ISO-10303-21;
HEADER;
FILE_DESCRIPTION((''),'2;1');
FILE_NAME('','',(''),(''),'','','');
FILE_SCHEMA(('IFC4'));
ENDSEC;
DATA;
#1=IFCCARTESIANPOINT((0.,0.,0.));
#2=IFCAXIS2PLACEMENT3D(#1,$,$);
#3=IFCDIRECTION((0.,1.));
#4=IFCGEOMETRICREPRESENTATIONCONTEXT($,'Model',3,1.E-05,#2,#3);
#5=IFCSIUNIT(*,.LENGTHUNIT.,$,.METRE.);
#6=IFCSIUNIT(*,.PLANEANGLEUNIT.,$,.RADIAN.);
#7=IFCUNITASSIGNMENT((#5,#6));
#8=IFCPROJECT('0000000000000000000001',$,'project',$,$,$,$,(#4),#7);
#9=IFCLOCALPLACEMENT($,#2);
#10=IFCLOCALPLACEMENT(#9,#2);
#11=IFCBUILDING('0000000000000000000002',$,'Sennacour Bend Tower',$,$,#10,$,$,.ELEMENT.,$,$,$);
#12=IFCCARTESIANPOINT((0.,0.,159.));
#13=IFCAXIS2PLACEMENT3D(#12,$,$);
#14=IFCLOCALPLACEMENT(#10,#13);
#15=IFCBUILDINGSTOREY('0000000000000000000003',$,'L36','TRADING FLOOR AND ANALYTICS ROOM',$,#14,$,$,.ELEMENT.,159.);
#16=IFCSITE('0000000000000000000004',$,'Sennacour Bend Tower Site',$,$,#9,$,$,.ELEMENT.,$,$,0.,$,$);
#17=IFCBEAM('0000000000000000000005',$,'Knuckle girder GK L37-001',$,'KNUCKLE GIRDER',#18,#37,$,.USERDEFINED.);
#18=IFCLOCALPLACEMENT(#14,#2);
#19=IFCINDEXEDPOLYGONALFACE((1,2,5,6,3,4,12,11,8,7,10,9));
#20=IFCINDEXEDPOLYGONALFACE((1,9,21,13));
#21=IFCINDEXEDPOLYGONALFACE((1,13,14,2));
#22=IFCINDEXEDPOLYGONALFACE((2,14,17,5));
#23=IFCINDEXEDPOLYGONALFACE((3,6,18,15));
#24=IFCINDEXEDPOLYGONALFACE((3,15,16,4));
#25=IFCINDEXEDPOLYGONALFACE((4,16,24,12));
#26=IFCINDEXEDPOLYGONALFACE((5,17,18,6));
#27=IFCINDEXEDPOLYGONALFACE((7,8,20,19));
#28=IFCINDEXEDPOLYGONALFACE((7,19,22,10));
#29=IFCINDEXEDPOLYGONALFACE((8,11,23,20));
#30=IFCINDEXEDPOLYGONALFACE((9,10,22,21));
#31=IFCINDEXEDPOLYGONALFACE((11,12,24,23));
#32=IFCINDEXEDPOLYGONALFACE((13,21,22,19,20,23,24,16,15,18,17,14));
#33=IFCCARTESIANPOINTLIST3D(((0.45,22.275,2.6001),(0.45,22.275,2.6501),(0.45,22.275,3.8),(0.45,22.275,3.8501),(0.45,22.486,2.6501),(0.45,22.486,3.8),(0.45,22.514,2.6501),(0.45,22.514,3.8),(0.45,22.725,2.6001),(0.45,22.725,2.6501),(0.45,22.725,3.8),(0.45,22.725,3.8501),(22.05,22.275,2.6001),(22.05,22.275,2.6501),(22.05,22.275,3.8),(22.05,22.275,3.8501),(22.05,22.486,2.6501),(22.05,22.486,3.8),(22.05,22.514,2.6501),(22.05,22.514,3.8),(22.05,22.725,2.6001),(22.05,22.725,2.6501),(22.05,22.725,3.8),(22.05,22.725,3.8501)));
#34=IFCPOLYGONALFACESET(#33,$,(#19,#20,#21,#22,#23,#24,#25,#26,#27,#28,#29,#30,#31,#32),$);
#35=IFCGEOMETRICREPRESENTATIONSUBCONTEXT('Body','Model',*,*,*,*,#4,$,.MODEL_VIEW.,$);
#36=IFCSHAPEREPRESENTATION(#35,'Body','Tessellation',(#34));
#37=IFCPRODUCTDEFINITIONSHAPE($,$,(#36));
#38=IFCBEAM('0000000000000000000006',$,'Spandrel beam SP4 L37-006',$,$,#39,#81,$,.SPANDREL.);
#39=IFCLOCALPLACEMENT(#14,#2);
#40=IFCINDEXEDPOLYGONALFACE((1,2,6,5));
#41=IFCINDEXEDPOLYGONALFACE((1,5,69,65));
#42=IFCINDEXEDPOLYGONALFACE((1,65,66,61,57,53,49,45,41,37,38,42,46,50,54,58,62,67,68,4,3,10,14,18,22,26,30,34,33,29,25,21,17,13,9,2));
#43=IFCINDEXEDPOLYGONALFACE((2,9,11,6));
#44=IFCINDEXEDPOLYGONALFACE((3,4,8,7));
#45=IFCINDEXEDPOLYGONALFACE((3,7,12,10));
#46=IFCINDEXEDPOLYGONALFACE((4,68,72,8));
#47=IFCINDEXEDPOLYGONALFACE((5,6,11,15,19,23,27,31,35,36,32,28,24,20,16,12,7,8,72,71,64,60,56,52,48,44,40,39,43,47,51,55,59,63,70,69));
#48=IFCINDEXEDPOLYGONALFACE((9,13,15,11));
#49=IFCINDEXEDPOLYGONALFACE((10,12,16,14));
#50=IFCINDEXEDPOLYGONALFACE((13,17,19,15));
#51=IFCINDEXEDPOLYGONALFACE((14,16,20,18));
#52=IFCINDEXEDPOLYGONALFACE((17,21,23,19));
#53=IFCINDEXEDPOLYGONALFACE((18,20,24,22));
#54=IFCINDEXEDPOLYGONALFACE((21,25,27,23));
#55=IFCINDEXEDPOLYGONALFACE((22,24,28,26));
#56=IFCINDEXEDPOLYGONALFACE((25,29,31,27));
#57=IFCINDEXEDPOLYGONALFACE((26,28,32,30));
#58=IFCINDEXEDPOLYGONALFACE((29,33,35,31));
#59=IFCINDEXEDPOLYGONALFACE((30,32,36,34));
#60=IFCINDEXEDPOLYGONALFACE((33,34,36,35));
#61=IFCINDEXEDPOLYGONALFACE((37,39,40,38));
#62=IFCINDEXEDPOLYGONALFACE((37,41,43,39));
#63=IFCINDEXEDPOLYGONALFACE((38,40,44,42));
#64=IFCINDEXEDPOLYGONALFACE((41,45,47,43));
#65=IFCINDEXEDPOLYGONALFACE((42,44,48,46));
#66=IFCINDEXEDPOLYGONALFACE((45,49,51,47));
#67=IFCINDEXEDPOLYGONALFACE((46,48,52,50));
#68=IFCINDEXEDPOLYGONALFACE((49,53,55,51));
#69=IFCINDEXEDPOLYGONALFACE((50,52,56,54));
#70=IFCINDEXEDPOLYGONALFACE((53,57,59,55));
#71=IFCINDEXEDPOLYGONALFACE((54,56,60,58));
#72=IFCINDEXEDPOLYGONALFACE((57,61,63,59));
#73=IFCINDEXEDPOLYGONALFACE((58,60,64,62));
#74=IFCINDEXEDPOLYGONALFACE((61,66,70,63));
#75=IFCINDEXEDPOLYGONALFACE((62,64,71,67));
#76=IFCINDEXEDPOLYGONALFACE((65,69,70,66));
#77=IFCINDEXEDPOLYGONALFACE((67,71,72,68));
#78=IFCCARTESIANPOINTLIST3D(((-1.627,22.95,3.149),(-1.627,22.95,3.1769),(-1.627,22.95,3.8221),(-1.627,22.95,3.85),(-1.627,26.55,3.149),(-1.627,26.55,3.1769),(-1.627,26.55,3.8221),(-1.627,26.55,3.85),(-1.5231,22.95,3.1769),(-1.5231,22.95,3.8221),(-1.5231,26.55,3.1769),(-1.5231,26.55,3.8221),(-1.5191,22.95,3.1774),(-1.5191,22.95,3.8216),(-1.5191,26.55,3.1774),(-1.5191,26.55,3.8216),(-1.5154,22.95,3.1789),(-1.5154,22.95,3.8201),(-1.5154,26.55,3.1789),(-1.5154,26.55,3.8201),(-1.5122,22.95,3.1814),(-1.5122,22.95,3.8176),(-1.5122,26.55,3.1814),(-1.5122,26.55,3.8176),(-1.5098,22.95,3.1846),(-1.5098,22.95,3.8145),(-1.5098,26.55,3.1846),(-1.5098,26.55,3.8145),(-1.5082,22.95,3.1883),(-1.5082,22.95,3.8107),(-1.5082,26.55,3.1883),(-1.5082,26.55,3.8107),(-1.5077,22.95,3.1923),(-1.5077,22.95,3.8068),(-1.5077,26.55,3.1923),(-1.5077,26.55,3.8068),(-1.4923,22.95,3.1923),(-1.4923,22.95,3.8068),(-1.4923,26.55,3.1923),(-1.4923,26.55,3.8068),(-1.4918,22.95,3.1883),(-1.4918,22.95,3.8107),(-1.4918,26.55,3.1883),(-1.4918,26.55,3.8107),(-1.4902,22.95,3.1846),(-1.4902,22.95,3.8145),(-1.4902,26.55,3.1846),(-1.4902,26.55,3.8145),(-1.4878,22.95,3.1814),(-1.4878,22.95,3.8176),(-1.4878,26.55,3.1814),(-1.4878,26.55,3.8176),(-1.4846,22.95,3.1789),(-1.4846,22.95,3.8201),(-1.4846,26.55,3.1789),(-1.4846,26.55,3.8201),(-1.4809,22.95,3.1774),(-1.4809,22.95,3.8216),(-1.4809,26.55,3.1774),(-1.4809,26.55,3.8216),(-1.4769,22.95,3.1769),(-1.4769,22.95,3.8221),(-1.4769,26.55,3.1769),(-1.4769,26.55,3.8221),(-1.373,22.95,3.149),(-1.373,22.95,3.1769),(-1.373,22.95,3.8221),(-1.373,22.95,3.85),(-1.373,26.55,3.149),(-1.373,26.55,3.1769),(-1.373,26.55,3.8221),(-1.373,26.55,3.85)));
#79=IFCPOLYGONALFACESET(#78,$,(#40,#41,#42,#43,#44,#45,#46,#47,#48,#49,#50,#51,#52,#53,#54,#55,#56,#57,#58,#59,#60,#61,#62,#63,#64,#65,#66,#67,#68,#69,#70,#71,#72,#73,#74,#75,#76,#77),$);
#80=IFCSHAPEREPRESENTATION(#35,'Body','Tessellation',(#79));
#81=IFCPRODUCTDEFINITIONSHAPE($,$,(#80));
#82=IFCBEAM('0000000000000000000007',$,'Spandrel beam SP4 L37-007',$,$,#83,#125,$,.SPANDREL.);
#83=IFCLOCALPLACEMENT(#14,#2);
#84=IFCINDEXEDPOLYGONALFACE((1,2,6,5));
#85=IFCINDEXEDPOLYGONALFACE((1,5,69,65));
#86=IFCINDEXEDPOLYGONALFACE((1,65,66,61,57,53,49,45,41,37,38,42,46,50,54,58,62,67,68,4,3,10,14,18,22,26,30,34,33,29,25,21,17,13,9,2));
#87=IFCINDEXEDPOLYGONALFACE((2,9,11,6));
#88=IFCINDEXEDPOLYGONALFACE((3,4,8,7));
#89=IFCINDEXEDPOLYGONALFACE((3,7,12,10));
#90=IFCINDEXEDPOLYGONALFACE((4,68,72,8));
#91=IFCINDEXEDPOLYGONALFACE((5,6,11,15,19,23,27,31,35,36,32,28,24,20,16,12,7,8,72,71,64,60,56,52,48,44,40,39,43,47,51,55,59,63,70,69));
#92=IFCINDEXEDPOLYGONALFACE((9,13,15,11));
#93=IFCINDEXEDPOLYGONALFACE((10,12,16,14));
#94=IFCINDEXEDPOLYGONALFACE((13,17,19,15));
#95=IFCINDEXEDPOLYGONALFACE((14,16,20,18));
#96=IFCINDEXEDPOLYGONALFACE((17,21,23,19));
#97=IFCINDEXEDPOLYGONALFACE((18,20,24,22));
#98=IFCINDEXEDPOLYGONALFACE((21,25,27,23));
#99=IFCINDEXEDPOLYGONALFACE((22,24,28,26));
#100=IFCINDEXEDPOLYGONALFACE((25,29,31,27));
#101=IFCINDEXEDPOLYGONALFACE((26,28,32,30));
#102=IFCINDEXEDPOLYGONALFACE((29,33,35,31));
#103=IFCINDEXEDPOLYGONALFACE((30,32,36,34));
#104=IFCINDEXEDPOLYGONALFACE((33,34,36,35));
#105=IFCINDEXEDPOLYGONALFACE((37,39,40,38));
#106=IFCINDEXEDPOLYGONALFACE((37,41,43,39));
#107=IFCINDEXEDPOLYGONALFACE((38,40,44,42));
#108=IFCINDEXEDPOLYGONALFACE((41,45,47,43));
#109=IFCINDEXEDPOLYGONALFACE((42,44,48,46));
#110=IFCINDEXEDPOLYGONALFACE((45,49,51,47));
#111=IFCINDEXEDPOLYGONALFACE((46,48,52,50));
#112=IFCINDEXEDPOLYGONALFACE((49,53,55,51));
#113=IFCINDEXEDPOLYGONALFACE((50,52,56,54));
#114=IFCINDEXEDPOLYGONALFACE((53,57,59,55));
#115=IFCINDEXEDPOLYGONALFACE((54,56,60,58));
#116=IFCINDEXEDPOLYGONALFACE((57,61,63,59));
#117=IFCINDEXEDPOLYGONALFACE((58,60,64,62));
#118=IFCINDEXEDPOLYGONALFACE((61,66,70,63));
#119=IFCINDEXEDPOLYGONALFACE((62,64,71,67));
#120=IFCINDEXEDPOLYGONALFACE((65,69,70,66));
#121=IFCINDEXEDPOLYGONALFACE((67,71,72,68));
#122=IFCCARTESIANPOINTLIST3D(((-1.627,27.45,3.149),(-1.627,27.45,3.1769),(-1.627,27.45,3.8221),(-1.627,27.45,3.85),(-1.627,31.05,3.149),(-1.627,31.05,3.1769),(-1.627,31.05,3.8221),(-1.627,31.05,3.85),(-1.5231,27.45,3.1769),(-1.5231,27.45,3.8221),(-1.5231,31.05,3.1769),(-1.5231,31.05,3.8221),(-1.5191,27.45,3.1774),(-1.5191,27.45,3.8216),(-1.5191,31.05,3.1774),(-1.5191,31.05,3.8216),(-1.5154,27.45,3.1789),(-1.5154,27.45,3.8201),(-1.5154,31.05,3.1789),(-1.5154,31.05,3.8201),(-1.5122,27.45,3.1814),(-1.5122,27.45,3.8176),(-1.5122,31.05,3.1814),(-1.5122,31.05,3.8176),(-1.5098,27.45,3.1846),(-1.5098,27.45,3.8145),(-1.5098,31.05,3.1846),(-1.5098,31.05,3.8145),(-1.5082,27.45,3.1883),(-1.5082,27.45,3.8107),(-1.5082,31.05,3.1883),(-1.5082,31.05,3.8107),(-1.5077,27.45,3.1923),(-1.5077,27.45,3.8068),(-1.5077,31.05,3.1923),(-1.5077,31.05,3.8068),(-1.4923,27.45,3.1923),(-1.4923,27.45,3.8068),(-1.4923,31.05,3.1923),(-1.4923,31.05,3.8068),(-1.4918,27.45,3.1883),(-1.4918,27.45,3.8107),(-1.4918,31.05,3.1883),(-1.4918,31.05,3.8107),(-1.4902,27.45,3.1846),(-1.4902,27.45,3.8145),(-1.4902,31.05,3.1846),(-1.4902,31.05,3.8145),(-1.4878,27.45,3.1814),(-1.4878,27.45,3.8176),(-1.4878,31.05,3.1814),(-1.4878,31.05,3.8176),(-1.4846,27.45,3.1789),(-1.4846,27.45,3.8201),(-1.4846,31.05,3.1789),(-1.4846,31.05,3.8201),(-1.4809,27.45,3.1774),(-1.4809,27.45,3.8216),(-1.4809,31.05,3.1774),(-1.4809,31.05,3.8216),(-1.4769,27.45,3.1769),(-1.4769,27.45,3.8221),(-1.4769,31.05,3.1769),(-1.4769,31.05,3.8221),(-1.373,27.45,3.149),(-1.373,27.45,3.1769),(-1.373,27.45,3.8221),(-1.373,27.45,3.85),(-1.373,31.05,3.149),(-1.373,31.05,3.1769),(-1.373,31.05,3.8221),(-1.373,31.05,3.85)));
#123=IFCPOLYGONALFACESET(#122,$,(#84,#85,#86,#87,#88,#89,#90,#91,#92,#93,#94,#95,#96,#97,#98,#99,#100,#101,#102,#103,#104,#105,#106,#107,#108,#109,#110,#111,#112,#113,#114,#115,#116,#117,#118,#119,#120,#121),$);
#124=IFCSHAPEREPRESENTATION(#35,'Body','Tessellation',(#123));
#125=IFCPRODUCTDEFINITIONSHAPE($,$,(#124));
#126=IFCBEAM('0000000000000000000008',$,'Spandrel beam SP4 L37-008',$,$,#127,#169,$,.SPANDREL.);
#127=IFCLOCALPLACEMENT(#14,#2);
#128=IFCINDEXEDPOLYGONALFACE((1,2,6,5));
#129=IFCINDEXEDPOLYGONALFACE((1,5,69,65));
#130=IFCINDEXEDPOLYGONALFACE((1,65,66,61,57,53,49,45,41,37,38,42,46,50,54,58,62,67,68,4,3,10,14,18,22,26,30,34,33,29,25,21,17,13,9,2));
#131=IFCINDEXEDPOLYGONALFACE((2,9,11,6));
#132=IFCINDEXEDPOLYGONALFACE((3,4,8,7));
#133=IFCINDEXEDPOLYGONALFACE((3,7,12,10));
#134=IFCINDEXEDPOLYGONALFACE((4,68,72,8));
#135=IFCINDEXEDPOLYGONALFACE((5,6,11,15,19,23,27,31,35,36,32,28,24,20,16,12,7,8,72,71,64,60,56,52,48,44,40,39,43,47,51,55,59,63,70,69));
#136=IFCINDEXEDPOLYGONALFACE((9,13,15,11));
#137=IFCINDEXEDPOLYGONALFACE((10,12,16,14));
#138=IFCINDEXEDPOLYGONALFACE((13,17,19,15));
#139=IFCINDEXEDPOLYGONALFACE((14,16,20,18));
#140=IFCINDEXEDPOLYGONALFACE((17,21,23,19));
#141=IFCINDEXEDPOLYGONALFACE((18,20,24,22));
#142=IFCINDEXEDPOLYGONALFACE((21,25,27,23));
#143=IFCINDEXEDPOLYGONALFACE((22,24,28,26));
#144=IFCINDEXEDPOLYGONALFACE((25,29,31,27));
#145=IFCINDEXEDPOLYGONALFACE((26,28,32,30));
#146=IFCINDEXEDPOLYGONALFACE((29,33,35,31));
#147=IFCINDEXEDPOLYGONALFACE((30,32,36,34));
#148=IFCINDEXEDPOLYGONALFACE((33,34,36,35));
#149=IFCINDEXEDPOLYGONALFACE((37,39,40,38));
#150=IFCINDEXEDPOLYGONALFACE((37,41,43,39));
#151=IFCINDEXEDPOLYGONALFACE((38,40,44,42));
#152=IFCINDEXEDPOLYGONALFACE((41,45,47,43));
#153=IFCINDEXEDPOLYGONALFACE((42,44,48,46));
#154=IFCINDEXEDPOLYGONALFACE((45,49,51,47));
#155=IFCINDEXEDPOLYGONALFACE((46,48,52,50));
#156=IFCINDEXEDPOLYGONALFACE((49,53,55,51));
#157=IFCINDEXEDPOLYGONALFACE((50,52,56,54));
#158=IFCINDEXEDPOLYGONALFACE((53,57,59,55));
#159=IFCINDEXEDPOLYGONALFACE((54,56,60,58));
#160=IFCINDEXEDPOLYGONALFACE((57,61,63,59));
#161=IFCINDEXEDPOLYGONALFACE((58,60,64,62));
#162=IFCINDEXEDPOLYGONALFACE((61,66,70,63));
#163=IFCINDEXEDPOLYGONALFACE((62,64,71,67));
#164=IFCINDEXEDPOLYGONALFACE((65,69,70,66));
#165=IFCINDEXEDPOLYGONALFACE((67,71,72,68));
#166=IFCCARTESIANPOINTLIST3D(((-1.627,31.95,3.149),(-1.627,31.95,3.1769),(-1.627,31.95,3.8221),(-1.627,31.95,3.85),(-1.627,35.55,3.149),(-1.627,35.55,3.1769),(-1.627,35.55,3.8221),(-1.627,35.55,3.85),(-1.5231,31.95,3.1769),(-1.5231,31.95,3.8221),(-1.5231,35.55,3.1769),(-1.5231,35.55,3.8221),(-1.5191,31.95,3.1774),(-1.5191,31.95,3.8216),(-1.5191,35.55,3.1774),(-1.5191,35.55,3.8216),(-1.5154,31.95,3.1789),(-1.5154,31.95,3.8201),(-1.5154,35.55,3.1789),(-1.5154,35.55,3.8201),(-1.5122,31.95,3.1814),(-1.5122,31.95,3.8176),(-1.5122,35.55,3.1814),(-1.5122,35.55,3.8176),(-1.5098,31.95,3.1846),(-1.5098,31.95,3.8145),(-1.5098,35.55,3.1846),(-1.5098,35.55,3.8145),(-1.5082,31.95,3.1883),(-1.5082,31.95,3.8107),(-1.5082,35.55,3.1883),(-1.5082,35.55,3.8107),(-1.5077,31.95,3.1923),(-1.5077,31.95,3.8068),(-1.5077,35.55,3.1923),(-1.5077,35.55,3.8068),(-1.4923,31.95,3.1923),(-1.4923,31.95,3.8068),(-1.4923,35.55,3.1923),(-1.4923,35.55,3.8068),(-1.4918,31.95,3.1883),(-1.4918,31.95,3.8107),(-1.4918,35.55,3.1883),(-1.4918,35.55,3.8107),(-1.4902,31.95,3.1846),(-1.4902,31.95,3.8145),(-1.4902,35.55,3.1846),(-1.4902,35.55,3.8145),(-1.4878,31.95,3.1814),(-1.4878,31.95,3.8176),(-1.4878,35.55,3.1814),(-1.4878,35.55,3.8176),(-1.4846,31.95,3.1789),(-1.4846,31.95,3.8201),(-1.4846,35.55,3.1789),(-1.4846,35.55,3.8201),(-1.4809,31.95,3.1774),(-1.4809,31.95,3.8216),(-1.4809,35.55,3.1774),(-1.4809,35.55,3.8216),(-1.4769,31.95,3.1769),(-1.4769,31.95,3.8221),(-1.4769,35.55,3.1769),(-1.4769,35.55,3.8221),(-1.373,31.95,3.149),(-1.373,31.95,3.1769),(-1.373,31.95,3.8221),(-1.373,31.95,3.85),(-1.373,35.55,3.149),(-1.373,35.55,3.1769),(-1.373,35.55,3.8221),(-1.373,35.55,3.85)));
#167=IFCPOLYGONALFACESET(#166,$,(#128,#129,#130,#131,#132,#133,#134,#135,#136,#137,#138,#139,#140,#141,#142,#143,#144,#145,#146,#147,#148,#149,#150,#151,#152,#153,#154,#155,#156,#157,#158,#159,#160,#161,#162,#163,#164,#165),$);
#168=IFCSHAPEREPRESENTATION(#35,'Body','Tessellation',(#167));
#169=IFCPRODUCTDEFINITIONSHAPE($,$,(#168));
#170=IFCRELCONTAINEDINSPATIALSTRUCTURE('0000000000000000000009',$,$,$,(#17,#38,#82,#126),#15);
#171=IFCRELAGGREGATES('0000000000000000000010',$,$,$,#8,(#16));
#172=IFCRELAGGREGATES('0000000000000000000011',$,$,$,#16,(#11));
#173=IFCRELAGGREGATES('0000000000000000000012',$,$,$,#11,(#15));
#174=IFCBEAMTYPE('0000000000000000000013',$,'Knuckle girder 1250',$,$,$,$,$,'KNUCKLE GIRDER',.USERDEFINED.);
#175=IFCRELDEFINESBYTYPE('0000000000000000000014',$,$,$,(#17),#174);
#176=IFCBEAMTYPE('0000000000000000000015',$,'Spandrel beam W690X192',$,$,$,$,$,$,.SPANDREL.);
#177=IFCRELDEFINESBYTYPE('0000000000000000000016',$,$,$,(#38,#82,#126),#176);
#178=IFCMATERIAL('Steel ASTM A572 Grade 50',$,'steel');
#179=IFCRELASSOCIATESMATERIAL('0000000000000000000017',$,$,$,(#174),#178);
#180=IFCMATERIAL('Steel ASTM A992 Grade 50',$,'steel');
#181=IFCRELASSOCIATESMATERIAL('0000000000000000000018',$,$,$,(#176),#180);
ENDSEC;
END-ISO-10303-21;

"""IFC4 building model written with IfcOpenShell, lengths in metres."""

from ifc_helpers import new_model, si_unit, direction, frame, origin, origin_2d, place, context, subcontext, project, spatial, i_section, extrude, material, material_profile, profile_set, type_object, element, save


model = new_model("IFC4")

# Units and contexts
model_context = context("Model", 3, precision=1e-05, world=origin(), true_north=direction((0.0, 1.0)))
body_context = subcontext(model_context, "Body", "Model", "MODEL_VIEW")
ifc_project = project(units=[si_unit("LENGTHUNIT", "METRE"), si_unit("PLANEANGLEUNIT", "RADIAN")], contexts=[model_context])

# Site, building, storey
site_placement = place(None, origin())
site = spatial("IfcSite", under=ifc_project, at=site_placement, Name="Sennacour Bend Tower Site", CompositionType="ELEMENT", RefElevation=0.0)
building_placement = place(site_placement, origin())
building = spatial("IfcBuilding", under=site, at=building_placement, Name="Sennacour Bend Tower", CompositionType="ELEMENT")
storey_placement = place(building_placement, frame((0.0, 0.0, 159.0)))
storey = spatial("IfcBuildingStorey", under=building, at=storey_placement, Name="L36", Description="TRADING FLOOR AND ANALYTICS ROOM", CompositionType="ELEMENT", Elevation=159.0)

# Shared definitions
ifc_material_1 = material(Name="Steel ASTM A572 Grade 50", Category="steel")

# Beams
ifc_material_2 = material(Name="Steel ASTM A992 Grade 50", Category="steel")
ifc_material_profile_1 = material_profile(ifc_material_1, i_section(OverallWidth=0.45, OverallDepth=1.25, WebThickness=0.0281, FlangeThickness=0.05, at=origin_2d()), Name="Steel ASTM A572 Grade 50", Category="steel")
ifc_profile_set_1 = profile_set([ifc_material_profile_1], Name="Steel ASTM A572 Grade 50")
beam_type_1 = type_object("IfcBeamType", Name="Knuckle girder 1250", ElementType="KNUCKLE GIRDER", PredefinedType="USERDEFINED", material=ifc_profile_set_1)
beam_1_placement = place(storey_placement, frame((0.45, 22.5, 3.2251), z_axis=(1.0, 0.0, 0.0), x_axis=(0.0, 1.0, 0.0)))
element("IfcBeam", 1, at=beam_1_placement, inside=storey, type_object=beam_type_1, Name="Knuckle girder GK L37-001", ObjectType="KNUCKLE GIRDER", PredefinedType="USERDEFINED", context=body_context, shape_type="SweptSolid", body=[
    extrude(i_section(OverallWidth=0.45, OverallDepth=1.25, WebThickness=0.0281, FlangeThickness=0.05, at=origin_2d()), origin(), (0.0, 0.0, 1.0), 21.6001),
])
ifc_material_profile_2 = material_profile(ifc_material_2, i_section(OverallWidth=0.2539, OverallDepth=0.7009, WebThickness=0.0154, FlangeThickness=0.0278, FilletRadius=0.0154, at=origin_2d()), Name="Steel ASTM A992 Grade 50", Category="steel")
ifc_profile_set_2 = profile_set([ifc_material_profile_2], Name="Steel ASTM A992 Grade 50")
beam_type_2 = type_object("IfcBeamType", Name="Spandrel beam W690X192", PredefinedType="SPANDREL", material=ifc_profile_set_2)
for number, where, z_axis, x_axis, name in (
    (2, (-1.5, 22.95, 3.4995), (0.0, 1.0, 0.0), (-1.0, 0.0, 0.0), "Spandrel beam SP4 L37-006"),
    (3, (-1.5, 27.45, 3.4995), (0.0, 1.0, 0.0), (-1.0, 0.0, 0.0), "Spandrel beam SP4 L37-007"),
    (4, (-1.5, 31.95, 3.4995), (0.0, 1.0, 0.0), (-1.0, 0.0, 0.0), "Spandrel beam SP4 L37-008"),
):
    element("IfcBeam", number, at=place(storey_placement, frame(where, z_axis=z_axis, x_axis=x_axis)), inside=storey, type_object=beam_type_2, Name=name, PredefinedType="SPANDREL", context=body_context, shape_type="SweptSolid", body=[
        extrude(i_section(OverallWidth=0.2539, OverallDepth=0.7009, WebThickness=0.0154, FlangeThickness=0.0278, FilletRadius=0.0154, at=origin_2d()), origin(), (0.0, 0.0, 1.0), 3.6001),
    ])

save(model, "model.ifc")
